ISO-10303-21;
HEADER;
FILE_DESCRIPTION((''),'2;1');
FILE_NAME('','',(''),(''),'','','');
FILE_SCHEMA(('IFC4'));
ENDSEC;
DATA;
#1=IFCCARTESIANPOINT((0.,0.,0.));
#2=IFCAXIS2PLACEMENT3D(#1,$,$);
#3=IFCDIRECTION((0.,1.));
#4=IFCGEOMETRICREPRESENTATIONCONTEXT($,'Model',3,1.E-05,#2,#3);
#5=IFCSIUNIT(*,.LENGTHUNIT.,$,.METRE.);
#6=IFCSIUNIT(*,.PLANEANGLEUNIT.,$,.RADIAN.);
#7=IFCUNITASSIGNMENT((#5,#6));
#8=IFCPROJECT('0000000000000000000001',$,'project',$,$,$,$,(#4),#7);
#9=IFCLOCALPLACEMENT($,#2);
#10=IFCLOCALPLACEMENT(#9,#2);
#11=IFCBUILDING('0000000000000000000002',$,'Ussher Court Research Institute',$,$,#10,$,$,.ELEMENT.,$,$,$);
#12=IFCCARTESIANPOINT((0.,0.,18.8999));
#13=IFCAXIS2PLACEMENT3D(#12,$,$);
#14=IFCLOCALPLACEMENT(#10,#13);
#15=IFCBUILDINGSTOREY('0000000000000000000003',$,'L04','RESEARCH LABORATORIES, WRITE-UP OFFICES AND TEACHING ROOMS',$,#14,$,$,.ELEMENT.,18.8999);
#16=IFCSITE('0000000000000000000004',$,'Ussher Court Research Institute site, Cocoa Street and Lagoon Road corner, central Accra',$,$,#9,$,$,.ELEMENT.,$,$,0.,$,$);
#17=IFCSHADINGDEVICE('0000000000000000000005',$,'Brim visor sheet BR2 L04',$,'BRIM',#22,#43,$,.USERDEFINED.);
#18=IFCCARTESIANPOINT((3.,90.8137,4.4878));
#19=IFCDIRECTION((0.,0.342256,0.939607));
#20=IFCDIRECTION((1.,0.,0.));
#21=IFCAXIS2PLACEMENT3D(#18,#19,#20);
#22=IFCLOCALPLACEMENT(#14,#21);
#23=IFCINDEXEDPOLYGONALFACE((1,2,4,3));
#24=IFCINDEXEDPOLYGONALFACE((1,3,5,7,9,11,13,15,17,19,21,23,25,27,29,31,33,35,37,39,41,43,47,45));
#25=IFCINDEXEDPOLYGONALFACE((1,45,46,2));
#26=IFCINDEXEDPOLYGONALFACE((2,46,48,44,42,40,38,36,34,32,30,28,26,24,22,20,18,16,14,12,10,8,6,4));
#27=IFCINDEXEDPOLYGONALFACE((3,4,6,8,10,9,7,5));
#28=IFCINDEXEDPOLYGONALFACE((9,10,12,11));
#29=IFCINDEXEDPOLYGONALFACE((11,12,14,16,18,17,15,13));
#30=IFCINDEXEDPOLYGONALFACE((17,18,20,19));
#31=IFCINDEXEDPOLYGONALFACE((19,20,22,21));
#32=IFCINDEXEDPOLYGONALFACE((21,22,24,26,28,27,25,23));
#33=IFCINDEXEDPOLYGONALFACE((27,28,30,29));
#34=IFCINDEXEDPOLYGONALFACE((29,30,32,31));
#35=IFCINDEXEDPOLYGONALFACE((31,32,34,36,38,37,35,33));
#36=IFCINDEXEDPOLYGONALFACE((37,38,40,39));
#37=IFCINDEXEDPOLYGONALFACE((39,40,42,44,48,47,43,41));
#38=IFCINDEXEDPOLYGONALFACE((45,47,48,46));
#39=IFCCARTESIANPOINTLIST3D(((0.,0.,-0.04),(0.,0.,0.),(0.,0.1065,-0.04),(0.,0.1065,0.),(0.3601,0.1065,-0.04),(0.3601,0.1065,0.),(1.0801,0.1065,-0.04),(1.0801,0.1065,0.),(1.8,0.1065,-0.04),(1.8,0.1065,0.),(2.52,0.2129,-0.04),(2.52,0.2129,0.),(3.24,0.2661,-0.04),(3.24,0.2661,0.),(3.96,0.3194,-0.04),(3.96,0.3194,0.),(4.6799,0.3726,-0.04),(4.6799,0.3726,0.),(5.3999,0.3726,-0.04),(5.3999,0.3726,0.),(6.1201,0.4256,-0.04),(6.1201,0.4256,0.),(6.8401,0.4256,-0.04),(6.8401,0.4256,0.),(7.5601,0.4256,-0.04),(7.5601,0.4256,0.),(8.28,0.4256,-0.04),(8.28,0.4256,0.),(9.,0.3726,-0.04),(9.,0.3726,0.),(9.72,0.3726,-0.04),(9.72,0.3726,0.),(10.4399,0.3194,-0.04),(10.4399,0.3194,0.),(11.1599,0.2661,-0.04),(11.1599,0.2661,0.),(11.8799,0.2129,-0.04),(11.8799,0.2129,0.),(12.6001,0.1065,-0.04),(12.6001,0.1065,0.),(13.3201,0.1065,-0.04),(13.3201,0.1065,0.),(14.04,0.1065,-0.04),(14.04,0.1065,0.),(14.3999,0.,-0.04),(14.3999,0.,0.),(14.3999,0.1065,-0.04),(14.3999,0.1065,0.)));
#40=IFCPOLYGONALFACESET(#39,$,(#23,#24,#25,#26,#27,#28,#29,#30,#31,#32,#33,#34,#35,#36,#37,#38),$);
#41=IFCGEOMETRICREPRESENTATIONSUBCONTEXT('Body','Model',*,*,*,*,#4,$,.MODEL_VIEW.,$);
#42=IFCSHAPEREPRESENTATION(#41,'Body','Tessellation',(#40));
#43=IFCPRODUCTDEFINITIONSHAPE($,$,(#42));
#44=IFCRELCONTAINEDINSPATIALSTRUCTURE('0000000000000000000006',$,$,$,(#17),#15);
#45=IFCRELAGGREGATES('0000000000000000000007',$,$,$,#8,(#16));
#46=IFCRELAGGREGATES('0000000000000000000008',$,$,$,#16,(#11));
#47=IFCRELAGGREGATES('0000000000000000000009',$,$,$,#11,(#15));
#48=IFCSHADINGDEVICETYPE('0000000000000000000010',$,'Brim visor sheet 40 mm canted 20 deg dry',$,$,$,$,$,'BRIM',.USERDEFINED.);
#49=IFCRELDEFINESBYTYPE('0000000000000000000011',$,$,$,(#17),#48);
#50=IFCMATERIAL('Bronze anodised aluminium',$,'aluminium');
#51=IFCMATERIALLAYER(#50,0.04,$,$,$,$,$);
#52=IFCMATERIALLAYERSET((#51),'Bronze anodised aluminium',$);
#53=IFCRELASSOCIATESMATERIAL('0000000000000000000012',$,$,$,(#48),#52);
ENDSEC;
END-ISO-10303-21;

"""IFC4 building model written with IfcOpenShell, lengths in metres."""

from ifc_helpers import new_model, si_unit, direction, frame, origin, place, context, subcontext, project, spatial, polyline, outline, extrude, material, layer, layer_set, type_object, element, save


model = new_model("IFC4")

# Units and contexts
model_context = context("Model", 3, precision=1e-05, world=origin(), true_north=direction((0.0, 1.0)))
body_context = subcontext(model_context, "Body", "Model", "MODEL_VIEW")
ifc_project = project(units=[si_unit("LENGTHUNIT", "METRE"), si_unit("PLANEANGLEUNIT", "RADIAN")], contexts=[model_context])

# Site, building, storey
site_placement = place(None, origin())
site = spatial("IfcSite", under=ifc_project, at=site_placement, Name="Ussher Court Research Institute site, Cocoa Street and Lagoon Road corner, central Accra", CompositionType="ELEMENT", RefElevation=0.0)
building_placement = place(site_placement, origin())
building = spatial("IfcBuilding", under=site, at=building_placement, Name="Ussher Court Research Institute", CompositionType="ELEMENT")
storey_placement = place(building_placement, frame((0.0, 0.0, 18.8999)))
storey = spatial("IfcBuildingStorey", under=building, at=storey_placement, Name="L04", Description="RESEARCH LABORATORIES, WRITE-UP OFFICES AND TEACHING ROOMS", CompositionType="ELEMENT", Elevation=18.8999)

# Shading device
ifc_material_1 = material(Name="Bronze anodised aluminium", Category="aluminium")
ifc_layer_1 = layer(ifc_material_1, 0.04)
ifc_layer_set_1 = layer_set([ifc_layer_1], Name="Bronze anodised aluminium")
shading_device_type_1 = type_object("IfcShadingDeviceType", Name="Brim visor sheet 40 mm canted 20 deg dry", ElementType="BRIM", PredefinedType="USERDEFINED", material=ifc_layer_set_1)
shading_device_1_placement = place(storey_placement, frame((3.0, 90.8137, 4.4878), z_axis=(0.0, 0.342256, 0.939607), x_axis=(1.0, 0.0, 0.0)))
element("IfcShadingDevice", 1, at=shading_device_1_placement, inside=storey, type_object=shading_device_type_1, Name="Brim visor sheet BR2 L04", ObjectType="BRIM", PredefinedType="USERDEFINED", context=body_context, shape_type="SweptSolid", body=[
    extrude(outline(polyline([(0.0, 0.0), (14.3999, 0.0), (14.3999, 0.1065), (14.04, 0.1065), (13.3201, 0.1065), (12.6001, 0.1065), (11.8799, 0.2129), (11.1599, 0.2661), (10.4399, 0.3194), (9.72, 0.3726), (9.0, 0.3726), (8.28, 0.4256), (7.5601, 0.4256), (6.8401, 0.4256), (6.1201, 0.4256), (5.3999, 0.3726), (4.6799, 0.3726), (3.96, 0.3194), (3.24, 0.2661), (2.52, 0.2129), (1.8, 0.1065), (1.0801, 0.1065), (0.3601, 0.1065), (0.0, 0.1065), (0.0, 0.0)])), origin(), (0.0, 0.0, -1.0), 0.04),
])

save(model, "model.ifc")
